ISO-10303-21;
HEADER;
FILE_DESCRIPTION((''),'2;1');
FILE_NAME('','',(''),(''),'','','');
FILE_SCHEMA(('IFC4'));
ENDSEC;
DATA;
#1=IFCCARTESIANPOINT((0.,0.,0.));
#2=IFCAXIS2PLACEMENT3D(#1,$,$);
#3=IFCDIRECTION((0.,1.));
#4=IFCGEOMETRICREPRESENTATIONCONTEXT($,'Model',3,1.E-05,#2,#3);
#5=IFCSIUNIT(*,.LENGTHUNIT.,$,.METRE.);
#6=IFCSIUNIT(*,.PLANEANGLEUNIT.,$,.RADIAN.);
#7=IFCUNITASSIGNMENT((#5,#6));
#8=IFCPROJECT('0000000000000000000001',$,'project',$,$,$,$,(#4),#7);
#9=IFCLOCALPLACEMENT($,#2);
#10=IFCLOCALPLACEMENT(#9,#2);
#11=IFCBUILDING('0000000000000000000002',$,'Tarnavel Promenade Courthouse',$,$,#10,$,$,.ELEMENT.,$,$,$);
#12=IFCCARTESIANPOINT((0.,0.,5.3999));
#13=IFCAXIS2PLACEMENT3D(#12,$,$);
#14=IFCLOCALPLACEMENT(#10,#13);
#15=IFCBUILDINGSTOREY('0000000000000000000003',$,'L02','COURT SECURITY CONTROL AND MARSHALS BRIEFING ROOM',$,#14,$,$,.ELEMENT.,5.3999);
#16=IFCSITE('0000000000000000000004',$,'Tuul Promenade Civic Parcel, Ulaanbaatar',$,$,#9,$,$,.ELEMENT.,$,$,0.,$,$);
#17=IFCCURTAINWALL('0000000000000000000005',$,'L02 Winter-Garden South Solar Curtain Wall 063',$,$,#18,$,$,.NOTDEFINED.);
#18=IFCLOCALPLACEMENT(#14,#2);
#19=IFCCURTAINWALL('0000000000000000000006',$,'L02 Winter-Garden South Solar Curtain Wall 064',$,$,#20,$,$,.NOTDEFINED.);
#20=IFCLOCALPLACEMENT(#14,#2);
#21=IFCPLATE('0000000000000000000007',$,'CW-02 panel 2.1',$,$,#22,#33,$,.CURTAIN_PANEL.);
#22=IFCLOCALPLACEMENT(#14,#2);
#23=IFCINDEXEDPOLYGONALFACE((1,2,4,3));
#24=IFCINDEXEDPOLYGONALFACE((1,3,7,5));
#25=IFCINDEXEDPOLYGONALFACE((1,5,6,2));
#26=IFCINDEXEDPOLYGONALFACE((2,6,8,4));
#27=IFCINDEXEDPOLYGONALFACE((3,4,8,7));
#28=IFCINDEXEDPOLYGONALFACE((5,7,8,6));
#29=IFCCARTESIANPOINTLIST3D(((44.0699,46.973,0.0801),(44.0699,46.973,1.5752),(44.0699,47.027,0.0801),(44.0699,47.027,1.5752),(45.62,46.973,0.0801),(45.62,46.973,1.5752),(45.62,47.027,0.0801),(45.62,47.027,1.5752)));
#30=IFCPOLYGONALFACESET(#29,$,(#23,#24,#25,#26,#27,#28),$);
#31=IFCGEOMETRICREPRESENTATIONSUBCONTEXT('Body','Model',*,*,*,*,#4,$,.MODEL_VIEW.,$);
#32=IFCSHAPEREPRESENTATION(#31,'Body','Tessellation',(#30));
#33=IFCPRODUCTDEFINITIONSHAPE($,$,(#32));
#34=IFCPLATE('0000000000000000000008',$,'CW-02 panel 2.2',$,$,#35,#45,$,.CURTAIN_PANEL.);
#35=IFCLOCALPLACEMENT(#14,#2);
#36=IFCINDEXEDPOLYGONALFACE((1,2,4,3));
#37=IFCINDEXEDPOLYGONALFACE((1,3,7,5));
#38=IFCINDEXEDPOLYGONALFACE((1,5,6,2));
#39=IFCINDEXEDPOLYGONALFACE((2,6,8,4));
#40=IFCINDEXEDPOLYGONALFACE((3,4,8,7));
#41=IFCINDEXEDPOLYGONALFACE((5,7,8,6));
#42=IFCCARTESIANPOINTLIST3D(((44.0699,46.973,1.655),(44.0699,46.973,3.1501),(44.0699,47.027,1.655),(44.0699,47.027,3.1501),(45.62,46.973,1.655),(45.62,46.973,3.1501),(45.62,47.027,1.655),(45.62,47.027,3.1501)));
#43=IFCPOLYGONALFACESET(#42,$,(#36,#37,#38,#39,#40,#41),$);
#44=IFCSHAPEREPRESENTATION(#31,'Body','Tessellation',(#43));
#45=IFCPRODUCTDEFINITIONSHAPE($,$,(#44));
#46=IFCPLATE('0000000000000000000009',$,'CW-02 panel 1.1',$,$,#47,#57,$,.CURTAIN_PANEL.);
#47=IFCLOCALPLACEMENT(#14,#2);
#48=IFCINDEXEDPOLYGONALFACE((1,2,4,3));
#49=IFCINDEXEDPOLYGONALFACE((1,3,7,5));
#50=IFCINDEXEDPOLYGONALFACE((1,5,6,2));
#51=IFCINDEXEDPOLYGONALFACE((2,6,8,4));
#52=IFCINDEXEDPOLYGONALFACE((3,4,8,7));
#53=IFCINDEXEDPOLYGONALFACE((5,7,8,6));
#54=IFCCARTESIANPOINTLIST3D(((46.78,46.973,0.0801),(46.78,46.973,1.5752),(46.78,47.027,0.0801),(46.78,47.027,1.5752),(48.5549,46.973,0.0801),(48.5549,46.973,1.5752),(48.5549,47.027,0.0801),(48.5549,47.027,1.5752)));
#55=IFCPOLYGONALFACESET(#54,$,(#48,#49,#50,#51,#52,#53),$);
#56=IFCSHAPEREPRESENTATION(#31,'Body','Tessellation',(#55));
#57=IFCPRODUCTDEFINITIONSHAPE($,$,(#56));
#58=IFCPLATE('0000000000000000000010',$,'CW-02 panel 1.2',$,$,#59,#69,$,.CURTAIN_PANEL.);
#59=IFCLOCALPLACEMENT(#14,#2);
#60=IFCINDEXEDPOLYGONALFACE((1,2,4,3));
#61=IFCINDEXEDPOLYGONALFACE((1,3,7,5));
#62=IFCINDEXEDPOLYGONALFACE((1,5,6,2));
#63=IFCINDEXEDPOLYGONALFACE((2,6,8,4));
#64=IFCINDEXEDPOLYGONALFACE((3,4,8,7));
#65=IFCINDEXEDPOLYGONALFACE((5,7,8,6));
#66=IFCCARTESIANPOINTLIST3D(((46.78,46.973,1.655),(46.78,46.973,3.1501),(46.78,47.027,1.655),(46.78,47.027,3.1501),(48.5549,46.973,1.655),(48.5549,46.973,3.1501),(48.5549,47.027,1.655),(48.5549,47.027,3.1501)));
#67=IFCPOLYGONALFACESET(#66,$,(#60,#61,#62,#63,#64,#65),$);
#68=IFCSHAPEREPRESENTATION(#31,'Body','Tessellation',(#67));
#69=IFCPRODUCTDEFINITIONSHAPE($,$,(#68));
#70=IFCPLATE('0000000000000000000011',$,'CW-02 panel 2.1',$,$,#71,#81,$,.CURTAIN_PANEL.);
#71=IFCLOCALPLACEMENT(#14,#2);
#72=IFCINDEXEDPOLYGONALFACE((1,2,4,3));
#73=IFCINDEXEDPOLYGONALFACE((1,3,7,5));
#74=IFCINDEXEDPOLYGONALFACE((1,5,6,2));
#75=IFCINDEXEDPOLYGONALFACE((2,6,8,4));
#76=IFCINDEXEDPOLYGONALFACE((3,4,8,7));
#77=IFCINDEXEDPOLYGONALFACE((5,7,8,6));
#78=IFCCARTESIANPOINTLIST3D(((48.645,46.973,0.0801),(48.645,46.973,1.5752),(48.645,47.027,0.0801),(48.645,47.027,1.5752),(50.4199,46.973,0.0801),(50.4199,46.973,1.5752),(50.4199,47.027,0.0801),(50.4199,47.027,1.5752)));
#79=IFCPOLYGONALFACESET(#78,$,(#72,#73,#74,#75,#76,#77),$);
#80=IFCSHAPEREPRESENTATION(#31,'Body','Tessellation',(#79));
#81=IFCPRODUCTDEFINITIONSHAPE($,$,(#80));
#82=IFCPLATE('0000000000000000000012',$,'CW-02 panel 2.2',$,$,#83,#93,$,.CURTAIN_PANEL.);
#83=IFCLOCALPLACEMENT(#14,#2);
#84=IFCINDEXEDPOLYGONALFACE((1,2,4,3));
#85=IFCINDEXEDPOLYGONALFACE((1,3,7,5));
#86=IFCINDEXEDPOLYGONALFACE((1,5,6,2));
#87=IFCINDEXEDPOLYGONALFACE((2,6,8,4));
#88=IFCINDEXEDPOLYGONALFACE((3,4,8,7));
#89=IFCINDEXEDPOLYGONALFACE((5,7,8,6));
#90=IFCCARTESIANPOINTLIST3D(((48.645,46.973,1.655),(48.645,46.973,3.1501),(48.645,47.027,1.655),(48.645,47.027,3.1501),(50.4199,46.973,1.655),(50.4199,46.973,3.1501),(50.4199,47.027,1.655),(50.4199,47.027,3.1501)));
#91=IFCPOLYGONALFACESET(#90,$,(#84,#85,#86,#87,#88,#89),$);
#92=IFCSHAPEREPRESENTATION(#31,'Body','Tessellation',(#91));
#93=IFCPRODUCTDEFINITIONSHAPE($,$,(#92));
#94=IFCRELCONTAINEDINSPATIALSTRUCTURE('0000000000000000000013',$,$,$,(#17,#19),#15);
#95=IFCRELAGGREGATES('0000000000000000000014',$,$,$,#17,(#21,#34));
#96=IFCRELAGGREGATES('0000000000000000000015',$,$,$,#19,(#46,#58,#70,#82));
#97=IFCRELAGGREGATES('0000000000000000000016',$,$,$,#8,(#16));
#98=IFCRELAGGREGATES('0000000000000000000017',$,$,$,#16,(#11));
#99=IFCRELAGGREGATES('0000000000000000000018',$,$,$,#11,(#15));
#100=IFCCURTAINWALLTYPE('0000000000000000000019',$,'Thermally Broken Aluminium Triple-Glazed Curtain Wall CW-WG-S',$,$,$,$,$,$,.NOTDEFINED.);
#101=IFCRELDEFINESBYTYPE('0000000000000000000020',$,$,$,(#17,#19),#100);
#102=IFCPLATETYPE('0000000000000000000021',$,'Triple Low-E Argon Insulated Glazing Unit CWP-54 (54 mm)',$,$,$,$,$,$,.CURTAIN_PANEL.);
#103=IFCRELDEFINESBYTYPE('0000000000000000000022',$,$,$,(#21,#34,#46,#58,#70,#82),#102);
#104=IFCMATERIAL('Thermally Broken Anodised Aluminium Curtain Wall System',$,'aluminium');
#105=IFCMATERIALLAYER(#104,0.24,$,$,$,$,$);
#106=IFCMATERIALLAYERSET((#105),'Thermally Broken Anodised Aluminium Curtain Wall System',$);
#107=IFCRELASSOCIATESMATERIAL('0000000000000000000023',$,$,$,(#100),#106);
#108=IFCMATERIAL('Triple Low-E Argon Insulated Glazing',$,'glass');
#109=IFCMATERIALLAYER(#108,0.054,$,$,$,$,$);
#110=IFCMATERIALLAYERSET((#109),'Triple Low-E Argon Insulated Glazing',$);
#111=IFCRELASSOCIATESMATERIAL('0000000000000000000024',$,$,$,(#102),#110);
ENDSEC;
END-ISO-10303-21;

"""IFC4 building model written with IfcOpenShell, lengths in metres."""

from ifc_helpers import new_model, si_unit, direction, frame, origin, origin_2d, place, context, subcontext, project, spatial, rectangle, extrude, material, layer, layer_set, type_object, element, aggregate, save


model = new_model("IFC4")

# Units and contexts
model_context = context("Model", 3, precision=1e-05, world=origin(), true_north=direction((0.0, 1.0)))
body_context = subcontext(model_context, "Body", "Model", "MODEL_VIEW")
ifc_project = project(units=[si_unit("LENGTHUNIT", "METRE"), si_unit("PLANEANGLEUNIT", "RADIAN")], contexts=[model_context])

# Site, building, storey
site_placement = place(None, origin())
site = spatial("IfcSite", under=ifc_project, at=site_placement, Name="Tuul Promenade Civic Parcel, Ulaanbaatar", CompositionType="ELEMENT", RefElevation=0.0)
building_placement = place(site_placement, origin())
building = spatial("IfcBuilding", under=site, at=building_placement, Name="Tarnavel Promenade Courthouse", CompositionType="ELEMENT")
storey_placement = place(building_placement, frame((0.0, 0.0, 5.3999)))
storey = spatial("IfcBuildingStorey", under=building, at=storey_placement, Name="L02", Description="COURT SECURITY CONTROL AND MARSHALS BRIEFING ROOM", CompositionType="ELEMENT", Elevation=5.3999)

# Curtain walls
ifc_material_1 = material(Name="Thermally Broken Anodised Aluminium Curtain Wall System", Category="aluminium")
ifc_layer_1 = layer(ifc_material_1, 0.24)
ifc_layer_set_1 = layer_set([ifc_layer_1], Name="Thermally Broken Anodised Aluminium Curtain Wall System")
curtain_wall_type = type_object("IfcCurtainWallType", Name="Thermally Broken Aluminium Triple-Glazed Curtain Wall CW-WG-S", PredefinedType="NOTDEFINED", material=ifc_layer_set_1)
curtain_wall_1_placement = place(storey_placement, origin())
curtain_wall_1 = element("IfcCurtainWall", 1, at=curtain_wall_1_placement, inside=storey, type_object=curtain_wall_type, Name="L02 Winter-Garden South Solar Curtain Wall 063", PredefinedType="NOTDEFINED")
curtain_wall_2_placement = place(storey_placement, origin())
curtain_wall_2 = element("IfcCurtainWall", 2, at=curtain_wall_2_placement, inside=storey, type_object=curtain_wall_type, Name="L02 Winter-Garden South Solar Curtain Wall 064", PredefinedType="NOTDEFINED")

# Plates
ifc_material_2 = material(Name="Triple Low-E Argon Insulated Glazing", Category="glass")
ifc_layer_2 = layer(ifc_material_2, 0.054)
ifc_layer_set_2 = layer_set([ifc_layer_2], Name="Triple Low-E Argon Insulated Glazing")
plate_type = type_object("IfcPlateType", Name="Triple Low-E Argon Insulated Glazing Unit CWP-54 (54 mm)", PredefinedType="CURTAIN_PANEL", material=ifc_layer_set_2)
plate_1_placement = place(storey_placement, frame((44.845, 47.0, 0.0801), z_axis=(0.0, 0.0, 1.0), x_axis=(1.0, 0.0, 0.0)))
plate_1 = element("IfcPlate", 3, at=plate_1_placement, type_object=plate_type, Name="CW-02 panel 2.1", PredefinedType="CURTAIN_PANEL", context=body_context, shape_type="SweptSolid", body=[
    extrude(rectangle(XDim=1.55, YDim=0.054, at=origin_2d()), origin(), (0.0, 0.0, 1.0), 1.4951),
])
plate_2_placement = place(storey_placement, frame((44.845, 47.0, 1.655), z_axis=(0.0, 0.0, 1.0), x_axis=(1.0, 0.0, 0.0)))
plate_2 = element("IfcPlate", 4, at=plate_2_placement, type_object=plate_type, Name="CW-02 panel 2.2", PredefinedType="CURTAIN_PANEL", context=body_context, shape_type="SweptSolid", body=[
    extrude(rectangle(XDim=1.55, YDim=0.054, at=origin_2d()), origin(), (0.0, 0.0, 1.0), 1.4951),
])
aggregate(curtain_wall_1, [plate_1, plate_2])
plate_3_placement = place(storey_placement, frame((47.6675, 47.0, 0.0801), z_axis=(0.0, 0.0, 1.0), x_axis=(1.0, 0.0, 0.0)))
plate_3 = element("IfcPlate", 5, at=plate_3_placement, type_object=plate_type, Name="CW-02 panel 1.1", PredefinedType="CURTAIN_PANEL", context=body_context, shape_type="SweptSolid", body=[
    extrude(rectangle(XDim=1.7749, YDim=0.054, at=origin_2d()), origin(), (0.0, 0.0, 1.0), 1.4951),
])
plate_4_placement = place(storey_placement, frame((47.6675, 47.0, 1.655), z_axis=(0.0, 0.0, 1.0), x_axis=(1.0, 0.0, 0.0)))
plate_4 = element("IfcPlate", 6, at=plate_4_placement, type_object=plate_type, Name="CW-02 panel 1.2", PredefinedType="CURTAIN_PANEL", context=body_context, shape_type="SweptSolid", body=[
    extrude(rectangle(XDim=1.7749, YDim=0.054, at=origin_2d()), origin(), (0.0, 0.0, 1.0), 1.4951),
])
plate_5_placement = place(storey_placement, frame((49.5325, 47.0, 0.0801), z_axis=(0.0, 0.0, 1.0), x_axis=(1.0, 0.0, 0.0)))
plate_5 = element("IfcPlate", 7, at=plate_5_placement, type_object=plate_type, Name="CW-02 panel 2.1", PredefinedType="CURTAIN_PANEL", context=body_context, shape_type="SweptSolid", body=[
    extrude(rectangle(XDim=1.7749, YDim=0.054, at=origin_2d()), origin(), (0.0, 0.0, 1.0), 1.4951),
])
plate_6_placement = place(storey_placement, frame((49.5325, 47.0, 1.655), z_axis=(0.0, 0.0, 1.0), x_axis=(1.0, 0.0, 0.0)))
plate_6 = element("IfcPlate", 8, at=plate_6_placement, type_object=plate_type, Name="CW-02 panel 2.2", PredefinedType="CURTAIN_PANEL", context=body_context, shape_type="SweptSolid", body=[
    extrude(rectangle(XDim=1.7749, YDim=0.054, at=origin_2d()), origin(), (0.0, 0.0, 1.0), 1.4951),
])
aggregate(curtain_wall_2, [plate_3, plate_4, plate_5, plate_6])

save(model, "model.ifc")
